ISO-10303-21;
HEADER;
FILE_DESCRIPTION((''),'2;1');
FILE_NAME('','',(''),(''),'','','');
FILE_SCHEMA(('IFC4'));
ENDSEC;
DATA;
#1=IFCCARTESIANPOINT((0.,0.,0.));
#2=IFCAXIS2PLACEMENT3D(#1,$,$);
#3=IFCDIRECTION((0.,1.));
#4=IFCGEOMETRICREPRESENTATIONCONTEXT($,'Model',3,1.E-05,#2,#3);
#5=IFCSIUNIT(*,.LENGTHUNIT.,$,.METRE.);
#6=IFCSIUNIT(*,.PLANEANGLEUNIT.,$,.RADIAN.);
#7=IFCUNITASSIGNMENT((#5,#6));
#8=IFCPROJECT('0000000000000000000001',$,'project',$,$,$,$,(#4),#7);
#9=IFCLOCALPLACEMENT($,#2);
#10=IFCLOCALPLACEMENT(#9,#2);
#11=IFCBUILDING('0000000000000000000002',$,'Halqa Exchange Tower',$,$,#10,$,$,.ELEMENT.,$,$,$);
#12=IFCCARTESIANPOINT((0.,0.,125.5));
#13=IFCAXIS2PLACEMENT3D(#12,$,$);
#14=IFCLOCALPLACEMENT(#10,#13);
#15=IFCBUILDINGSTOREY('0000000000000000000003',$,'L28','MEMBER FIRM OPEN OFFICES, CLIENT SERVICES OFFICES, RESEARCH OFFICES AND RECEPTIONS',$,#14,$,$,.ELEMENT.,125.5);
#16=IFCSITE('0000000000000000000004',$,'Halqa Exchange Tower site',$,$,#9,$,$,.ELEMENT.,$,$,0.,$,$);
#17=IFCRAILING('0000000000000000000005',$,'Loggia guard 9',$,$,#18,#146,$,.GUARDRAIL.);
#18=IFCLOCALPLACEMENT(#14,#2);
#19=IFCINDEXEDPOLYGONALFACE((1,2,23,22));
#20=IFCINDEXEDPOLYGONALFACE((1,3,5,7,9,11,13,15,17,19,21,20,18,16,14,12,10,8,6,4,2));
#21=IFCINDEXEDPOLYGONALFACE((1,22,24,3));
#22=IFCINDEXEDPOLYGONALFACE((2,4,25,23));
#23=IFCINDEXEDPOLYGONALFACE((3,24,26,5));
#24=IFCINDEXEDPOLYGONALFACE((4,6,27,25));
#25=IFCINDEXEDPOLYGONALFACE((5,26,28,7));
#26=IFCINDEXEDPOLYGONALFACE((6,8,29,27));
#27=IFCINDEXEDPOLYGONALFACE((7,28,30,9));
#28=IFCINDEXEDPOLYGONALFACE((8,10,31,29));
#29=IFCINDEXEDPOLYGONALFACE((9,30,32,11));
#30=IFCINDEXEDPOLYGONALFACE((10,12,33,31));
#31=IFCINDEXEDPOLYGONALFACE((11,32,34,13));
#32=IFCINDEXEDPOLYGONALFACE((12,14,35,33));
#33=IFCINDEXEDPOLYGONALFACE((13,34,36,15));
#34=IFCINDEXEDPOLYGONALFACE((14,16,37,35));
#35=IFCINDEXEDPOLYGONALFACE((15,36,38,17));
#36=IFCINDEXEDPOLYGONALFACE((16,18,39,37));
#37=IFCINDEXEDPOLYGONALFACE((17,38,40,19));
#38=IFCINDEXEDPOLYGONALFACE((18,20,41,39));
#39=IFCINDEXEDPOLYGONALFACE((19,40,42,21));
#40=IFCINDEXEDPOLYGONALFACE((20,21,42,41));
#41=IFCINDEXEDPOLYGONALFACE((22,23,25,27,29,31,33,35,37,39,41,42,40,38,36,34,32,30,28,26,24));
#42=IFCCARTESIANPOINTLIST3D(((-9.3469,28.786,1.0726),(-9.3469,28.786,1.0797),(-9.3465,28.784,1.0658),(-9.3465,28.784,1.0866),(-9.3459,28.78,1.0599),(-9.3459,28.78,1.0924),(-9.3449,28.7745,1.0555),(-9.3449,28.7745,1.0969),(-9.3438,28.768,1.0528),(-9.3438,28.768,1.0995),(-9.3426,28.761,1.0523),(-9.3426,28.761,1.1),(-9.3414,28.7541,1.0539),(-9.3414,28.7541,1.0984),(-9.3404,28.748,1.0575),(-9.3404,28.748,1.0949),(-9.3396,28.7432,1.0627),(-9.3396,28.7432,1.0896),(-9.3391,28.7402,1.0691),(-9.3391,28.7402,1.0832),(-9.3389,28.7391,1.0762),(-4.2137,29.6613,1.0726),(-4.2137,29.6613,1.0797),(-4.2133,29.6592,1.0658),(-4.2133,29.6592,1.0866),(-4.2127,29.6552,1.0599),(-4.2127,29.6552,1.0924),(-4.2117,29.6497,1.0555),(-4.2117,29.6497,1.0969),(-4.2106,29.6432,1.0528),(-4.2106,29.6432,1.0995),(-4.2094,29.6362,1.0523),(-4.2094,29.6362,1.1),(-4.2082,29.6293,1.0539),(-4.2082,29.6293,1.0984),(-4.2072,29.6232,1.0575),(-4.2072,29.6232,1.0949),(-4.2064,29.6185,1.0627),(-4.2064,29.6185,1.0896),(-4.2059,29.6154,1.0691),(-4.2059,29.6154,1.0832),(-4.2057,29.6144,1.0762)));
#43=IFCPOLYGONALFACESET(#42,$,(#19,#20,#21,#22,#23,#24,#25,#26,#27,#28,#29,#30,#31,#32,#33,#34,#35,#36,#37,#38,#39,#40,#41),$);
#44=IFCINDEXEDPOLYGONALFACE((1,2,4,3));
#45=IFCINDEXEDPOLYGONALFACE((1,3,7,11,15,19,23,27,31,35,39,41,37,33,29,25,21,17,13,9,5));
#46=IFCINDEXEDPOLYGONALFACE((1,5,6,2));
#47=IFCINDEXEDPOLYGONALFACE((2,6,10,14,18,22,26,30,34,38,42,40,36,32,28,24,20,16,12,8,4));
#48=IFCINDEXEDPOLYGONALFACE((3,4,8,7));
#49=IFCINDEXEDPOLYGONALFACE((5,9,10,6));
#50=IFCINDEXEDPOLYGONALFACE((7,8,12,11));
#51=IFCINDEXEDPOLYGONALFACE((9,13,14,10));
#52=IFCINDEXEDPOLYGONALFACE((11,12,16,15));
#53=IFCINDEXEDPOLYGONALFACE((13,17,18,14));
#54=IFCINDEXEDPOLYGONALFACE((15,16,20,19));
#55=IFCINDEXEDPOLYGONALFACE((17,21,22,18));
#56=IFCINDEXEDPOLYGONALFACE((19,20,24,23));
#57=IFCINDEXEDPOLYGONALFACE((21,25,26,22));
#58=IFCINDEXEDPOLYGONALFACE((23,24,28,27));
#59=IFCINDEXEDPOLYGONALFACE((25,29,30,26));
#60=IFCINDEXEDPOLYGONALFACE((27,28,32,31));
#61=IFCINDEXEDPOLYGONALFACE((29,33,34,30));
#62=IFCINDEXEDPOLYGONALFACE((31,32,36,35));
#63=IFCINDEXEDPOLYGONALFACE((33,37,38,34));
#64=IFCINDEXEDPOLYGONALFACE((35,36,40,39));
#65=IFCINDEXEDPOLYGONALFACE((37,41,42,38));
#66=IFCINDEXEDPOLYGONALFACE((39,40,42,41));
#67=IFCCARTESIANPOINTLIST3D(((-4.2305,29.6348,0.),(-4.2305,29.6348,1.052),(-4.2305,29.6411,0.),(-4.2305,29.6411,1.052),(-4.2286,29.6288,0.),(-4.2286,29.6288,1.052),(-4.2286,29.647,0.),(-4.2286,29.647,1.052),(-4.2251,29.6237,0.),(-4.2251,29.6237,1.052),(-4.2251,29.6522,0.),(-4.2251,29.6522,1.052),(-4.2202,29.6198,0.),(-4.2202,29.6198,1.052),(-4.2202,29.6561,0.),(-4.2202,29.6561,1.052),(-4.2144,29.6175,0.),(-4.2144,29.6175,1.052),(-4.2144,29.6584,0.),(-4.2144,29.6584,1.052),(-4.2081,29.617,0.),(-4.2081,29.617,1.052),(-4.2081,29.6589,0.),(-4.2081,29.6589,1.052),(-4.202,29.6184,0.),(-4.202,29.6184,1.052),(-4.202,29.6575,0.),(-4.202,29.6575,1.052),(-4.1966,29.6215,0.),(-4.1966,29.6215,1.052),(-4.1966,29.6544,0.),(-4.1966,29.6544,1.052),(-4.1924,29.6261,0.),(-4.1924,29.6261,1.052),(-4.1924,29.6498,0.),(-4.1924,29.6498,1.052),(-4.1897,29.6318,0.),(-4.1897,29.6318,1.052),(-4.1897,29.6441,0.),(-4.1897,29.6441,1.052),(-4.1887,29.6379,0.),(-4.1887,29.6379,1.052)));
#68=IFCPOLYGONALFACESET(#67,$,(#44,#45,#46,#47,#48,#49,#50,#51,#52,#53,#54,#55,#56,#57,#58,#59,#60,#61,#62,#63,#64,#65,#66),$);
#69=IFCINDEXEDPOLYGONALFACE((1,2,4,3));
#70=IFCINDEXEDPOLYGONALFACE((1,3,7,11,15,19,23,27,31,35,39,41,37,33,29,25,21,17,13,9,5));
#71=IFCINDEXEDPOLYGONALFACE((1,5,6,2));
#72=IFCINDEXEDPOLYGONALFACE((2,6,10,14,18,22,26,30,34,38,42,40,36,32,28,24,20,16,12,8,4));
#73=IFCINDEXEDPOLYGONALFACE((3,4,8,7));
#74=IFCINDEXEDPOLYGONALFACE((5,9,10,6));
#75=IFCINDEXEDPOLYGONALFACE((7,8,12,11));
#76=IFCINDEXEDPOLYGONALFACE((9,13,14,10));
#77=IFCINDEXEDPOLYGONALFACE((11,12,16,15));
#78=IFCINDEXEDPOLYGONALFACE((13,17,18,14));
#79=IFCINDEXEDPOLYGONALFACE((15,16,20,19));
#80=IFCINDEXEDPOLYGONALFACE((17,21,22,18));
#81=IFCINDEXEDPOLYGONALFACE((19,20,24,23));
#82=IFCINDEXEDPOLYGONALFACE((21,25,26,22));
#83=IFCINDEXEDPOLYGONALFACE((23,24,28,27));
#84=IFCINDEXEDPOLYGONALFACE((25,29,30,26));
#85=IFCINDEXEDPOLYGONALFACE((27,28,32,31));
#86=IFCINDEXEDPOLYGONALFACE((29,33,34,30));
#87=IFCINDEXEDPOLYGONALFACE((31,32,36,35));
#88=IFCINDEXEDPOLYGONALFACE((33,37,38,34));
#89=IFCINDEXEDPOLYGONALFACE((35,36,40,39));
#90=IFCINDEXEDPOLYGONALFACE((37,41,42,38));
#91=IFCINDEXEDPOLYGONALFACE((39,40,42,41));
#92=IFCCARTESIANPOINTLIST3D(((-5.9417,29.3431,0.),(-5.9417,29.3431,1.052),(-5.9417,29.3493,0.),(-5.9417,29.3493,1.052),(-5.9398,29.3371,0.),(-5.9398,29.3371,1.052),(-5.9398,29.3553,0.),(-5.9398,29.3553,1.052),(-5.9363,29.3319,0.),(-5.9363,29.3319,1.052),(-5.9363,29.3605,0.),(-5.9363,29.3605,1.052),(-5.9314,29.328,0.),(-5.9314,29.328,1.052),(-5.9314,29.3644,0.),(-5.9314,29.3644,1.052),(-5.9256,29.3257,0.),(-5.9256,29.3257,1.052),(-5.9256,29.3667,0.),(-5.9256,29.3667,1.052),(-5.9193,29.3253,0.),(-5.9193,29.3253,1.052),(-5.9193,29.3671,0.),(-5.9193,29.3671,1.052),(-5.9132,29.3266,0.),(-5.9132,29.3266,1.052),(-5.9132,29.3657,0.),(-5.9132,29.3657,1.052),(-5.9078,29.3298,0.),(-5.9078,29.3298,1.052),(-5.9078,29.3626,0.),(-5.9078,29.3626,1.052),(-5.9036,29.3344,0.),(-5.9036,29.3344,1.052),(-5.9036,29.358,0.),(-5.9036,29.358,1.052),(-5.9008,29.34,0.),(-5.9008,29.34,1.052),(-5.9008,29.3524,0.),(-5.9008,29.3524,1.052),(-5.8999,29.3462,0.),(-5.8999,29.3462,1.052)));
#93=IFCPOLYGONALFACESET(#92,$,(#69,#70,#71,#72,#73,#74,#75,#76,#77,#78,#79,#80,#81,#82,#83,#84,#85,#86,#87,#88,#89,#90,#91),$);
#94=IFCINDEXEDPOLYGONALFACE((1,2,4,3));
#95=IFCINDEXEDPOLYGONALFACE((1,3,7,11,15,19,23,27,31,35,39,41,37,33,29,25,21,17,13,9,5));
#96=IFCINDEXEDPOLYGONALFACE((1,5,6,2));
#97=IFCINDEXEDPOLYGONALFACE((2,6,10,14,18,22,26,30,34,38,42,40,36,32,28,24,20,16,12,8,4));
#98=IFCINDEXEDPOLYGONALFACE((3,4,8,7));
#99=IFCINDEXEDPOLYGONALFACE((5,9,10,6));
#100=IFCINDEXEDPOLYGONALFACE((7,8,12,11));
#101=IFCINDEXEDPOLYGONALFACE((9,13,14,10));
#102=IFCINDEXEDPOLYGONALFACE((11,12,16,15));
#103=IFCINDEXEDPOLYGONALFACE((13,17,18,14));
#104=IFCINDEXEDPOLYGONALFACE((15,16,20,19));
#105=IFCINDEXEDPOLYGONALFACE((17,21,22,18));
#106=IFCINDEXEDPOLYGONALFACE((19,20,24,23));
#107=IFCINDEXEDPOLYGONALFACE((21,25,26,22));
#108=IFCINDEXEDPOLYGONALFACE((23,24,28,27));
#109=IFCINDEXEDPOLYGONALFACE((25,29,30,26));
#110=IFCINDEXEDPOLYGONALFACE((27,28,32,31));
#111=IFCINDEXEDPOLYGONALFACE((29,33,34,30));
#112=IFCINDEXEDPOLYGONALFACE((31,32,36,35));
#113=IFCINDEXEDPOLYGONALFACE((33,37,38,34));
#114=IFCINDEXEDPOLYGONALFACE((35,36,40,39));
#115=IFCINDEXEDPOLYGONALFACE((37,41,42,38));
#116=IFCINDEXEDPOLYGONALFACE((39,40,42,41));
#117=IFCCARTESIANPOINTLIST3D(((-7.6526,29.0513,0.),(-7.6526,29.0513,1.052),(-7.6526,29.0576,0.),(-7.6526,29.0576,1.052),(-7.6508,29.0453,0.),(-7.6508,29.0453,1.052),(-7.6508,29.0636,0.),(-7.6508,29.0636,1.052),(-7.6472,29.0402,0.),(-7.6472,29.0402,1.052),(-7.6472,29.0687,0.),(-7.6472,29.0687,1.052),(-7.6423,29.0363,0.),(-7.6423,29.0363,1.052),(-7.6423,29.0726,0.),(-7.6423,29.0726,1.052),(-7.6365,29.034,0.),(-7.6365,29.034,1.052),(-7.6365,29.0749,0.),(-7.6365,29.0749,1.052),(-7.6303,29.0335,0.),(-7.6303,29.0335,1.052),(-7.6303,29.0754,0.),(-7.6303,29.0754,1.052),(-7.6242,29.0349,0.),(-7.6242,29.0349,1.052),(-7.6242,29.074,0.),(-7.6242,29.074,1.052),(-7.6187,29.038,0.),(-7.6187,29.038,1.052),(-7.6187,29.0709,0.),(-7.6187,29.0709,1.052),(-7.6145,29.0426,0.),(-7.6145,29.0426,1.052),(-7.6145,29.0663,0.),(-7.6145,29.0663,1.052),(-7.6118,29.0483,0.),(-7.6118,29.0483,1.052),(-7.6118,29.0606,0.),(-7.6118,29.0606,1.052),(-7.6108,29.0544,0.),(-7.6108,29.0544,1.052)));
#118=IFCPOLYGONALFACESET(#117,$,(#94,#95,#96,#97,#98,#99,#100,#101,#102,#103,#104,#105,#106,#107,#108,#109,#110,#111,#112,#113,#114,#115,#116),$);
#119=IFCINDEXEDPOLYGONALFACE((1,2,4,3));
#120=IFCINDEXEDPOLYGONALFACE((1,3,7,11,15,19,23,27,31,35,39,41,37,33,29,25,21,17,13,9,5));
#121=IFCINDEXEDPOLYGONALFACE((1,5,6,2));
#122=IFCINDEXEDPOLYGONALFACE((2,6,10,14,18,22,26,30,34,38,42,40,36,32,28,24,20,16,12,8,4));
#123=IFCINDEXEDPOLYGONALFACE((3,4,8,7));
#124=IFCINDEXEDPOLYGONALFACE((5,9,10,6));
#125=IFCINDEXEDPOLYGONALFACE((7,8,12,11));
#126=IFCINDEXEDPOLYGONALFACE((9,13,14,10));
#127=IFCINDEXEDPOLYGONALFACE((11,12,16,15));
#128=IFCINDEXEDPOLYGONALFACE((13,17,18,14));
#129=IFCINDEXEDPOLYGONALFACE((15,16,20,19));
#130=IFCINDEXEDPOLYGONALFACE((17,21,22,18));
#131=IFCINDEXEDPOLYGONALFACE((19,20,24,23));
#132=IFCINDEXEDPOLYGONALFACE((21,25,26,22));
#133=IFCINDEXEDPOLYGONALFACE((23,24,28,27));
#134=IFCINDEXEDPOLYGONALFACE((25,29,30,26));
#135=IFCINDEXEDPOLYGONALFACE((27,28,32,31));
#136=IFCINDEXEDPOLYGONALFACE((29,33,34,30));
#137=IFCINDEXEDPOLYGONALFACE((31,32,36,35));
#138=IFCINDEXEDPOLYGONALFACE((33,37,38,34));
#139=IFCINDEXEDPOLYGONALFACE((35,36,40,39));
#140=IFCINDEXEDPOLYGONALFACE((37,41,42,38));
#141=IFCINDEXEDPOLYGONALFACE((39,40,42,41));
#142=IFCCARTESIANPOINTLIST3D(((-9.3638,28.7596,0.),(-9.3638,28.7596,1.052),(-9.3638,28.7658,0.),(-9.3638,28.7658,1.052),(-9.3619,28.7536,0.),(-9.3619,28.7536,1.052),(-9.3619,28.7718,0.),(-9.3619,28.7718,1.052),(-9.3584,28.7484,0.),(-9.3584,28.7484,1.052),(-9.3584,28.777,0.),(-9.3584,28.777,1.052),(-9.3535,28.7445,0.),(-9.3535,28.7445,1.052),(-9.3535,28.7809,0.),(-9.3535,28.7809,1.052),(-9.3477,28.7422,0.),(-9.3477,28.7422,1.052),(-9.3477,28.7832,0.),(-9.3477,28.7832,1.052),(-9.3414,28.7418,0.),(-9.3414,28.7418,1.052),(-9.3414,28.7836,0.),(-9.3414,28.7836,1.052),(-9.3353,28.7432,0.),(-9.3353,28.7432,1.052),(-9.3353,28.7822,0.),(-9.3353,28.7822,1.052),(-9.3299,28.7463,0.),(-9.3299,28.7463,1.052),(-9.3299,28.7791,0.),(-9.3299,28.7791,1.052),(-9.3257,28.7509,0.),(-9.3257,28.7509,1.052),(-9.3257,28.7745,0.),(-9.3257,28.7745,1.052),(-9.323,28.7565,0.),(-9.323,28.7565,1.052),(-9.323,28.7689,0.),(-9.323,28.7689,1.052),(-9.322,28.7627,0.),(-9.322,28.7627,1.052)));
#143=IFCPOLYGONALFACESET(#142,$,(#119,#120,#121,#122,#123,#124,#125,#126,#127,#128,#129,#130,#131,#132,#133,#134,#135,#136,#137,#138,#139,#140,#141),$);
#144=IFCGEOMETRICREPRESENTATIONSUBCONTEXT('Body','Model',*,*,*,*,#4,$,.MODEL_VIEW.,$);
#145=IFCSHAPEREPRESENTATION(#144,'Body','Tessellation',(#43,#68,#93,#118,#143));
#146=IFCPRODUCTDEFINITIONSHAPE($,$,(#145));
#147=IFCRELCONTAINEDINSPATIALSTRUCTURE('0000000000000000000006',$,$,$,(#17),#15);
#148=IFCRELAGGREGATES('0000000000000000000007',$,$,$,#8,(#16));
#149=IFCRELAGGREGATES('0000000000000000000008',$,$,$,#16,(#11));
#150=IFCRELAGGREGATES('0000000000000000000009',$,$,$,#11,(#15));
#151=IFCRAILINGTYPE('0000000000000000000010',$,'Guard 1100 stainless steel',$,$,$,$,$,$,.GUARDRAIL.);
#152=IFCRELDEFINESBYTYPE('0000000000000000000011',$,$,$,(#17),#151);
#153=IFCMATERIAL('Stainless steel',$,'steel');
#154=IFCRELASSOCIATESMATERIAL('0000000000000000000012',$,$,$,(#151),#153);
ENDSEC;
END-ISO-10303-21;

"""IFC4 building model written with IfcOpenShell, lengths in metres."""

from ifc_helpers import new_model, si_unit, direction, frame, origin, origin_2d, place, context, subcontext, project, spatial, circle, extrude, material, type_object, element, save


model = new_model("IFC4")

# Units and contexts
model_context = context("Model", 3, precision=1e-05, world=origin(), true_north=direction((0.0, 1.0)))
body_context = subcontext(model_context, "Body", "Model", "MODEL_VIEW")
ifc_project = project(units=[si_unit("LENGTHUNIT", "METRE"), si_unit("PLANEANGLEUNIT", "RADIAN")], contexts=[model_context])

# Site, building, storey
site_placement = place(None, origin())
site = spatial("IfcSite", under=ifc_project, at=site_placement, Name="Halqa Exchange Tower site", CompositionType="ELEMENT", RefElevation=0.0)
building_placement = place(site_placement, origin())
building = spatial("IfcBuilding", under=site, at=building_placement, Name="Halqa Exchange Tower", CompositionType="ELEMENT")
storey_placement = place(building_placement, frame((0.0, 0.0, 125.5)))
storey = spatial("IfcBuildingStorey", under=building, at=storey_placement, Name="L28", Description="MEMBER FIRM OPEN OFFICES, CLIENT SERVICES OFFICES, RESEARCH OFFICES AND RECEPTIONS", CompositionType="ELEMENT", Elevation=125.5)

# Railing
ifc_material_1 = material(Name="Stainless steel", Category="steel")
railing_type_1 = type_object("IfcRailingType", Name="Guard 1100 stainless steel", PredefinedType="GUARDRAIL", material=ifc_material_1)
railing_1_placement = place(storey_placement, frame((-4.2097, 29.6379, 0.0)))
element("IfcRailing", 1, at=railing_1_placement, inside=storey, type_object=railing_type_1, Name="Loggia guard 9", PredefinedType="GUARDRAIL", context=body_context, shape_type="SweptSolid", body=[
    extrude(circle(Radius=0.0239, at=origin_2d()), frame((0.0, 0.0, 1.0762), z_axis=(-0.985774, -0.168078, 0.0), x_axis=(0.168078, -0.985774, 0.0)), (0.0, 0.0, 1.0), 5.2073),
    extrude(circle(Radius=0.021, at=origin_2d()), origin(), (0.0, 0.0, 1.0), 1.052),
    extrude(circle(Radius=0.021, at=origin_2d()), frame((-1.7112, -0.2917, 0.0)), (0.0, 0.0, 1.0), 1.052),
    extrude(circle(Radius=0.021, at=origin_2d()), frame((-3.4221, -0.5835, 0.0)), (0.0, 0.0, 1.0), 1.052),
    extrude(circle(Radius=0.021, at=origin_2d()), frame((-5.1333, -0.8752, 0.0)), (0.0, 0.0, 1.0), 1.052),
])

save(model, "model.ifc")
